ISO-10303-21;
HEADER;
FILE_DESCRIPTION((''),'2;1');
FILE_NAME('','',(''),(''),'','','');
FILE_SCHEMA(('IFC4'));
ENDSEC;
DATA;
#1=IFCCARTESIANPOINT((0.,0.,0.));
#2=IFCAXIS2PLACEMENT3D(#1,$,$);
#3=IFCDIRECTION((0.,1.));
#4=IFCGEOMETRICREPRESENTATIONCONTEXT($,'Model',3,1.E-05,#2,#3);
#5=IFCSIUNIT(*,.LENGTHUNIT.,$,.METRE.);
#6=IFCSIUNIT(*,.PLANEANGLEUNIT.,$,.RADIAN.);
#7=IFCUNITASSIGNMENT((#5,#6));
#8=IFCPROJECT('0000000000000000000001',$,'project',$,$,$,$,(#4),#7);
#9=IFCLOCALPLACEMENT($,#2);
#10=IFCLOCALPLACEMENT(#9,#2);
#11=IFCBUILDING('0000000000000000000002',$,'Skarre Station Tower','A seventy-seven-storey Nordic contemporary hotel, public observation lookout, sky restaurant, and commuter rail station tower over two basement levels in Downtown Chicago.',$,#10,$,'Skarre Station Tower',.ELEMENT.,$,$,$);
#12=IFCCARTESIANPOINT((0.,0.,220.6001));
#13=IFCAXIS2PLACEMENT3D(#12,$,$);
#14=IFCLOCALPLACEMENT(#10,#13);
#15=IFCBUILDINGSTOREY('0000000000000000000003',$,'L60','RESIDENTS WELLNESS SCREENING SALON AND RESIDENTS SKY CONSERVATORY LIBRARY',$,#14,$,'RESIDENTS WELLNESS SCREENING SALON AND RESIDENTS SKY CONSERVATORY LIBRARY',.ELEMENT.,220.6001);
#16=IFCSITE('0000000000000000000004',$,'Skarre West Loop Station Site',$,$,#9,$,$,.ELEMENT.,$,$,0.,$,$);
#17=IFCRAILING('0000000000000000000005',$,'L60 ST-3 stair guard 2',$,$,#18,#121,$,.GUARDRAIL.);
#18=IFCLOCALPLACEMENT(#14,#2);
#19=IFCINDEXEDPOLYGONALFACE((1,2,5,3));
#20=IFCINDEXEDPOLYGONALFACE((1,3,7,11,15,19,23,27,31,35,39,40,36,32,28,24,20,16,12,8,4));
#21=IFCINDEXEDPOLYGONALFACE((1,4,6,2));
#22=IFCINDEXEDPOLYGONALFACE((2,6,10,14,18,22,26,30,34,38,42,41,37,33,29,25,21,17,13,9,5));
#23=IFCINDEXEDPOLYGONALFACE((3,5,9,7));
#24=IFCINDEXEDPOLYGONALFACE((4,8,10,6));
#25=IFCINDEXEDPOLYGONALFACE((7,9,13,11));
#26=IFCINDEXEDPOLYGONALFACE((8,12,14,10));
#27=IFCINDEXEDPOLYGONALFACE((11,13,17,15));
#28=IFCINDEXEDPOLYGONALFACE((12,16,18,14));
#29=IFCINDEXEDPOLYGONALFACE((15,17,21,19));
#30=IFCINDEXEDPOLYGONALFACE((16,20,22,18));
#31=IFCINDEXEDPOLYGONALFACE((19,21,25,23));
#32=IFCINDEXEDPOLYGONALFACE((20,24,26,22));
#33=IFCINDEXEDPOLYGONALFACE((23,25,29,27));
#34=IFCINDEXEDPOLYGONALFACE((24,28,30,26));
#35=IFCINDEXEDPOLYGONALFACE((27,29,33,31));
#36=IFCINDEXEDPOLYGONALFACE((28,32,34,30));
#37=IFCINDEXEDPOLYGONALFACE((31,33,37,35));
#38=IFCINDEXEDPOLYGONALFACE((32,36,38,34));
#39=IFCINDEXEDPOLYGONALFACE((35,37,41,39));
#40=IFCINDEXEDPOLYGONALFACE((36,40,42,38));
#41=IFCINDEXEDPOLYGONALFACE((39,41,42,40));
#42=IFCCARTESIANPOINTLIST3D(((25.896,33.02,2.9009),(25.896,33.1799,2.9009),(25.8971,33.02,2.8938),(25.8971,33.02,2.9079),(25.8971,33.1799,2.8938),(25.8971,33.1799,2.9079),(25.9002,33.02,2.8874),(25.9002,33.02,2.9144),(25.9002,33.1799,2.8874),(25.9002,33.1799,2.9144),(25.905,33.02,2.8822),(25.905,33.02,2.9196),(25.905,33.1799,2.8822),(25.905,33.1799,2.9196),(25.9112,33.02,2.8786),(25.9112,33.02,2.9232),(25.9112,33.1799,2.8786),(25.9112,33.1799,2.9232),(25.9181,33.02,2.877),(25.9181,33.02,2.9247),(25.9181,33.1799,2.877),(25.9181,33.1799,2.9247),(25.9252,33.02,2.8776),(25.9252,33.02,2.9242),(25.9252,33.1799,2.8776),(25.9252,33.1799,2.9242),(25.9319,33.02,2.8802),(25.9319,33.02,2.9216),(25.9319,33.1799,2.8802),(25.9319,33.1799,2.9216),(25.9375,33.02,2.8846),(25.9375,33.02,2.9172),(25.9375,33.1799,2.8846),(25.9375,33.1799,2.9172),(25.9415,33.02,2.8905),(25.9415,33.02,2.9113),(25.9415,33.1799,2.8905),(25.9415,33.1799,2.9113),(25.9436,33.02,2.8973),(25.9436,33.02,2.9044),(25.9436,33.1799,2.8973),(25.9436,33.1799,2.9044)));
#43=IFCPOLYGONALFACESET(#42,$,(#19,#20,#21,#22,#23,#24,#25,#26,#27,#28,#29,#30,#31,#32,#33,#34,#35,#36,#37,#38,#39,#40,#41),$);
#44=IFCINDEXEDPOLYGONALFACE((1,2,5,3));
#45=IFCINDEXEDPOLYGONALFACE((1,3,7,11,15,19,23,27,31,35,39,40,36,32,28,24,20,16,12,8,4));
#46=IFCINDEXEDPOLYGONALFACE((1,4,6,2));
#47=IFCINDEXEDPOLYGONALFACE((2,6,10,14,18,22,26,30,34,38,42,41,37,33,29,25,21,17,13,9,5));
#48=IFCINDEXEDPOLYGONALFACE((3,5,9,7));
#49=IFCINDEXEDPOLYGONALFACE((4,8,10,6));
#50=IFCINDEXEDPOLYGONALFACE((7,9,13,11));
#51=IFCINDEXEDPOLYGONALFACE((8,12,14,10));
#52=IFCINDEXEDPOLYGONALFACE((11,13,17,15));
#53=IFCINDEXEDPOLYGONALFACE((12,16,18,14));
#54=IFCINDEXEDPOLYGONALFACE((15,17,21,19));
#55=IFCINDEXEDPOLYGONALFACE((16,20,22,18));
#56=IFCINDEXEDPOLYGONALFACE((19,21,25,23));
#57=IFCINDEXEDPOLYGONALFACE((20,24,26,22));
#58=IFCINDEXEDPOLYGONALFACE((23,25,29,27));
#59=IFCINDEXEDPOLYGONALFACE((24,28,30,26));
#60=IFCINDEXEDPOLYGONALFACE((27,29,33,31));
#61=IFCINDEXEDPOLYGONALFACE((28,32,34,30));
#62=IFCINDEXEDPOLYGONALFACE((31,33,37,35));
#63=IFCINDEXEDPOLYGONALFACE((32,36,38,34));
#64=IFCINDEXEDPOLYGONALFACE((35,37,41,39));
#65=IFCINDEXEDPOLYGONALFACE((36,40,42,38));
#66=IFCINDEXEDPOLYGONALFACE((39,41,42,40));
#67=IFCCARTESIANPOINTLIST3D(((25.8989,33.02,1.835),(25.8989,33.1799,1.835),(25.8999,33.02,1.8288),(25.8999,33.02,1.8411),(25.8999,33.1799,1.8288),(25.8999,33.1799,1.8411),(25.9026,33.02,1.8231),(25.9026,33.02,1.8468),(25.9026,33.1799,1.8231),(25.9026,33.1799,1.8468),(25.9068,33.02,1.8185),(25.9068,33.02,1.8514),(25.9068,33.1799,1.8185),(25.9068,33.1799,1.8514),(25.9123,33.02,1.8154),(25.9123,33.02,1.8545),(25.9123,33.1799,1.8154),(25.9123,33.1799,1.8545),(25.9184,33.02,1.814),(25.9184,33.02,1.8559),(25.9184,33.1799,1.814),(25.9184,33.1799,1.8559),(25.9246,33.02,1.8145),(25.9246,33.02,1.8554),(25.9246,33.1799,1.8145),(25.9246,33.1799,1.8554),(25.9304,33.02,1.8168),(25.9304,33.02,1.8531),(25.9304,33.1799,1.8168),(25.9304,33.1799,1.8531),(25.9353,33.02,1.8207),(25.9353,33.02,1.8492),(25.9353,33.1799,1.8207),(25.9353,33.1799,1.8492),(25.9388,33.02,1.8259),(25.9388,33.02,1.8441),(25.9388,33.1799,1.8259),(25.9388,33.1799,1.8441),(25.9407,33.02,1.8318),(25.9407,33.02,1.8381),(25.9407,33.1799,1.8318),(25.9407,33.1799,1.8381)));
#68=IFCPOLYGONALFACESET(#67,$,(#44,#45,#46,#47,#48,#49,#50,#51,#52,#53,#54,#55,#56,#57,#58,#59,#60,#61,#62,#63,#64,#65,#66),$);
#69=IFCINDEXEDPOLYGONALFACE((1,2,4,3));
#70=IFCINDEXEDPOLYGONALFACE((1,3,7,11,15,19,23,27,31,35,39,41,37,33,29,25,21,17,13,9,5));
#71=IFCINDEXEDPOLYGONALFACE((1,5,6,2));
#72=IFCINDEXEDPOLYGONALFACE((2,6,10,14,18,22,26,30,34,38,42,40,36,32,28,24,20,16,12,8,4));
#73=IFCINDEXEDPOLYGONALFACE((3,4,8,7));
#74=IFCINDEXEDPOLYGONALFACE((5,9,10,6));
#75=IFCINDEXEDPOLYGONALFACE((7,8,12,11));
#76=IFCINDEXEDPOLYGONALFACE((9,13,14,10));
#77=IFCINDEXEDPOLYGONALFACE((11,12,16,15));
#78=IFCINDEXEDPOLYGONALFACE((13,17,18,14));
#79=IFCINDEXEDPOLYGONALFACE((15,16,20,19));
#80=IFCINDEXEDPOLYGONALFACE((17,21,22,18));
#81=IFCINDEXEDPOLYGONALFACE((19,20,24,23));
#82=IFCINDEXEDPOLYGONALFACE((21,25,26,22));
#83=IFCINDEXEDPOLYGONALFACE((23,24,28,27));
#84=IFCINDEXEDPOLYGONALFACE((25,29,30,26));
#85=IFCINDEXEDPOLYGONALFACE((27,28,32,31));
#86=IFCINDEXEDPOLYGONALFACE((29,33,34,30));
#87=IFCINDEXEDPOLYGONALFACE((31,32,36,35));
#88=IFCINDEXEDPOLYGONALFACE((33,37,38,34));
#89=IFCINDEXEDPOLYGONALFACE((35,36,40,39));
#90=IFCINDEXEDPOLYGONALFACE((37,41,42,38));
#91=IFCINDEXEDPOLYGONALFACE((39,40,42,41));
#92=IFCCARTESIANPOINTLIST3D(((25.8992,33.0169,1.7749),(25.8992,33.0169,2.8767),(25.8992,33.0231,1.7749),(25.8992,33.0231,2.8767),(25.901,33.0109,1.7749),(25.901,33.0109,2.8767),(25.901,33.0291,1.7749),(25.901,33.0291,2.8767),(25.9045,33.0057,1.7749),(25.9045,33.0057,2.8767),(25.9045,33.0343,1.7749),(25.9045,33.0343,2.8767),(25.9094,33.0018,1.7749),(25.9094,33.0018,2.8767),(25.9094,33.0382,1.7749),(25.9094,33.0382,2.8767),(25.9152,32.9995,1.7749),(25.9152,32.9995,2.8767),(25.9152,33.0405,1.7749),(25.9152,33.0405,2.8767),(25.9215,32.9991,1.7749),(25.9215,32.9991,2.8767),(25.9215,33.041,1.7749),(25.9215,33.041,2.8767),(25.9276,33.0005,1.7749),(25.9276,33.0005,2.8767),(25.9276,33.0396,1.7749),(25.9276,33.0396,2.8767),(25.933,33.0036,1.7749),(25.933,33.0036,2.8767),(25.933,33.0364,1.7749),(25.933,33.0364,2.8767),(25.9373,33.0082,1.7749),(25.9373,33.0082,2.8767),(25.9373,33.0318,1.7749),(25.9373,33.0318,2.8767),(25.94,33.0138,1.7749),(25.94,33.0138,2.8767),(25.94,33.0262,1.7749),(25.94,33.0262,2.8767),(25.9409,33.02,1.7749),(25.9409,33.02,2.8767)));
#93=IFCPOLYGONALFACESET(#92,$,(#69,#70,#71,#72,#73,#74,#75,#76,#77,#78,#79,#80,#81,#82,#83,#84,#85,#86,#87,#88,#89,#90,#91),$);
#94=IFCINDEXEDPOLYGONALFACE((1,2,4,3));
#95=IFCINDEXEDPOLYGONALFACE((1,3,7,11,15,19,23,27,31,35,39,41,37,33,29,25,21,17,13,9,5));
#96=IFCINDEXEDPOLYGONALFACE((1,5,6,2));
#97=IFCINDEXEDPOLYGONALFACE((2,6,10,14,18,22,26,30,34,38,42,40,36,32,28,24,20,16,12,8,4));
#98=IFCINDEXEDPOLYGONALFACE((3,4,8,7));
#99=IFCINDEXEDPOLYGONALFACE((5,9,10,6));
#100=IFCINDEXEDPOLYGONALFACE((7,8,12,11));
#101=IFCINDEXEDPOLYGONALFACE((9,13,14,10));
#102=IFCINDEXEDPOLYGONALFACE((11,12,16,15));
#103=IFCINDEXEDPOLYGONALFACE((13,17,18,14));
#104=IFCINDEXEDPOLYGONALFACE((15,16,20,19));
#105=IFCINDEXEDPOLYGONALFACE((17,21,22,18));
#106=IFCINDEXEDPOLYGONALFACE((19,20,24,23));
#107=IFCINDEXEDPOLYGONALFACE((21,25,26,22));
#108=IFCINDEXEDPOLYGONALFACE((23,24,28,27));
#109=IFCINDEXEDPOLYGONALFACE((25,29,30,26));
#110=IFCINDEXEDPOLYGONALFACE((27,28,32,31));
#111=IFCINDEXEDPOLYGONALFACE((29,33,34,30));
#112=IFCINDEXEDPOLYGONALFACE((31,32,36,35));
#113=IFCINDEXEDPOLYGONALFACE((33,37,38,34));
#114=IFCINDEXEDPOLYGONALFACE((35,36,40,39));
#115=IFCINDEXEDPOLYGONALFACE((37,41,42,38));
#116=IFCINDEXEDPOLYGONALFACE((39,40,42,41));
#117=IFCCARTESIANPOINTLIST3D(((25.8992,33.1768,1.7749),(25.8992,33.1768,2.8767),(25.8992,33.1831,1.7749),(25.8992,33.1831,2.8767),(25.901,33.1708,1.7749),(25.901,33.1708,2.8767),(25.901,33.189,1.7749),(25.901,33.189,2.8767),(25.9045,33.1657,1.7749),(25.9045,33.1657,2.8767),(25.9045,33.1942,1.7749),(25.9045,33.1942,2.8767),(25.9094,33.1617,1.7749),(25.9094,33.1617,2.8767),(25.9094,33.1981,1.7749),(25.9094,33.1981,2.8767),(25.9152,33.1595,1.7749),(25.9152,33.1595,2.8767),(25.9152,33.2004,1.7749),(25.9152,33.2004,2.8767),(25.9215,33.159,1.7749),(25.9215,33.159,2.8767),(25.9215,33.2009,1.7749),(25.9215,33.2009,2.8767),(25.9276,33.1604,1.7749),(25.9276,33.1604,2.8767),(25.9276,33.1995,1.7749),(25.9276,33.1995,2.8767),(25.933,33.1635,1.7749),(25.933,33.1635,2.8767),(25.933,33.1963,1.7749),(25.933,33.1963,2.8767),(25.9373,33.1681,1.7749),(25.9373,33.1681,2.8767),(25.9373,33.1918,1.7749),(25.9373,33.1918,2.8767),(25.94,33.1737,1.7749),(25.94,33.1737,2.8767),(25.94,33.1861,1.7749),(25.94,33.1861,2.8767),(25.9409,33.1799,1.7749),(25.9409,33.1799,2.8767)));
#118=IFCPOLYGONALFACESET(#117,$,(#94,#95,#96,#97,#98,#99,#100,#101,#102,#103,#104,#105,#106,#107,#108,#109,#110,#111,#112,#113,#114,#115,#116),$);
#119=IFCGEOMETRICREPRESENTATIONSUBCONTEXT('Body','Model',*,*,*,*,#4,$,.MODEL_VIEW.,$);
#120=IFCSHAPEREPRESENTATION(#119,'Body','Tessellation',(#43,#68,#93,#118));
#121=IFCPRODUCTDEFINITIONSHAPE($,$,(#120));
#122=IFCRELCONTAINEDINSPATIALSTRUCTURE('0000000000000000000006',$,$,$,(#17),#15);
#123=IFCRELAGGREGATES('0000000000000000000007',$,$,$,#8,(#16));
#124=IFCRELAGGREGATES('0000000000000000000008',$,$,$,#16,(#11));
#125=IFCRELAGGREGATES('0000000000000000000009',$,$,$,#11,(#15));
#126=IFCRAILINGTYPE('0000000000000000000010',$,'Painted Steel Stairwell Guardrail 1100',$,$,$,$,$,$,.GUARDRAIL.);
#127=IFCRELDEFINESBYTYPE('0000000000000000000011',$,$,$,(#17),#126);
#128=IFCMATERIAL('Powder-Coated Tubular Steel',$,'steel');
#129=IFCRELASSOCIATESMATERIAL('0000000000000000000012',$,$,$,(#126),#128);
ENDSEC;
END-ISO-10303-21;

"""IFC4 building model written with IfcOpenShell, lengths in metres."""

from ifc_helpers import new_model, si_unit, direction, frame, origin, origin_2d, place, context, subcontext, project, spatial, circle, extrude, material, type_object, element, save


model = new_model("IFC4")

# Units and contexts
model_context = context("Model", 3, precision=1e-05, world=origin(), true_north=direction((0.0, 1.0)))
body_context = subcontext(model_context, "Body", "Model", "MODEL_VIEW")
ifc_project = project(units=[si_unit("LENGTHUNIT", "METRE"), si_unit("PLANEANGLEUNIT", "RADIAN")], contexts=[model_context])

# Site, building, storey
site_placement = place(None, origin())
site = spatial("IfcSite", under=ifc_project, at=site_placement, Name="Skarre West Loop Station Site", CompositionType="ELEMENT", RefElevation=0.0)
building_placement = place(site_placement, origin())
building = spatial("IfcBuilding", under=site, at=building_placement, Name="Skarre Station Tower", Description="A seventy-seven-storey Nordic contemporary hotel, public observation lookout, sky restaurant, and commuter rail station tower over two basement levels in Downtown Chicago.", LongName="Skarre Station Tower", CompositionType="ELEMENT")
storey_placement = place(building_placement, frame((0.0, 0.0, 220.6001)))
storey = spatial("IfcBuildingStorey", under=building, at=storey_placement, Name="L60", Description="RESIDENTS WELLNESS SCREENING SALON AND RESIDENTS SKY CONSERVATORY LIBRARY", LongName="RESIDENTS WELLNESS SCREENING SALON AND RESIDENTS SKY CONSERVATORY LIBRARY", CompositionType="ELEMENT", Elevation=220.6001)

# Railing
ifc_material_1 = material(Name="Powder-Coated Tubular Steel", Category="steel")
railing_type_1 = type_object("IfcRailingType", Name="Painted Steel Stairwell Guardrail 1100", PredefinedType="GUARDRAIL", material=ifc_material_1)
railing_1_placement = place(storey_placement, frame((25.9199, 33.02, 1.7749)))
element("IfcRailing", 1, at=railing_1_placement, inside=storey, type_object=railing_type_1, Name="L60 ST-3 stair guard 2", PredefinedType="GUARDRAIL", context=body_context, shape_type="SweptSolid", body=[
    extrude(circle(Radius=0.0239, at=origin_2d()), frame((0.0, 0.0, 1.126), z_axis=(0.0, 1.0, 0.0), x_axis=(-1.0, 0.0, 0.0)), (0.0, 0.0, 1.0), 0.1599),
    extrude(circle(Radius=0.021, at=origin_2d()), frame((0.0, 0.0, 0.0601), z_axis=(0.0, 1.0, 0.0), x_axis=(-1.0, 0.0, 0.0)), (0.0, 0.0, 1.0), 0.1599),
    extrude(circle(Radius=0.021, at=origin_2d()), origin(), (0.0, 0.0, 1.0), 1.1018),
    extrude(circle(Radius=0.021, at=origin_2d()), frame((0.0, 0.1599, 0.0)), (0.0, 0.0, 1.0), 1.1018),
])

save(model, "model.ifc")
